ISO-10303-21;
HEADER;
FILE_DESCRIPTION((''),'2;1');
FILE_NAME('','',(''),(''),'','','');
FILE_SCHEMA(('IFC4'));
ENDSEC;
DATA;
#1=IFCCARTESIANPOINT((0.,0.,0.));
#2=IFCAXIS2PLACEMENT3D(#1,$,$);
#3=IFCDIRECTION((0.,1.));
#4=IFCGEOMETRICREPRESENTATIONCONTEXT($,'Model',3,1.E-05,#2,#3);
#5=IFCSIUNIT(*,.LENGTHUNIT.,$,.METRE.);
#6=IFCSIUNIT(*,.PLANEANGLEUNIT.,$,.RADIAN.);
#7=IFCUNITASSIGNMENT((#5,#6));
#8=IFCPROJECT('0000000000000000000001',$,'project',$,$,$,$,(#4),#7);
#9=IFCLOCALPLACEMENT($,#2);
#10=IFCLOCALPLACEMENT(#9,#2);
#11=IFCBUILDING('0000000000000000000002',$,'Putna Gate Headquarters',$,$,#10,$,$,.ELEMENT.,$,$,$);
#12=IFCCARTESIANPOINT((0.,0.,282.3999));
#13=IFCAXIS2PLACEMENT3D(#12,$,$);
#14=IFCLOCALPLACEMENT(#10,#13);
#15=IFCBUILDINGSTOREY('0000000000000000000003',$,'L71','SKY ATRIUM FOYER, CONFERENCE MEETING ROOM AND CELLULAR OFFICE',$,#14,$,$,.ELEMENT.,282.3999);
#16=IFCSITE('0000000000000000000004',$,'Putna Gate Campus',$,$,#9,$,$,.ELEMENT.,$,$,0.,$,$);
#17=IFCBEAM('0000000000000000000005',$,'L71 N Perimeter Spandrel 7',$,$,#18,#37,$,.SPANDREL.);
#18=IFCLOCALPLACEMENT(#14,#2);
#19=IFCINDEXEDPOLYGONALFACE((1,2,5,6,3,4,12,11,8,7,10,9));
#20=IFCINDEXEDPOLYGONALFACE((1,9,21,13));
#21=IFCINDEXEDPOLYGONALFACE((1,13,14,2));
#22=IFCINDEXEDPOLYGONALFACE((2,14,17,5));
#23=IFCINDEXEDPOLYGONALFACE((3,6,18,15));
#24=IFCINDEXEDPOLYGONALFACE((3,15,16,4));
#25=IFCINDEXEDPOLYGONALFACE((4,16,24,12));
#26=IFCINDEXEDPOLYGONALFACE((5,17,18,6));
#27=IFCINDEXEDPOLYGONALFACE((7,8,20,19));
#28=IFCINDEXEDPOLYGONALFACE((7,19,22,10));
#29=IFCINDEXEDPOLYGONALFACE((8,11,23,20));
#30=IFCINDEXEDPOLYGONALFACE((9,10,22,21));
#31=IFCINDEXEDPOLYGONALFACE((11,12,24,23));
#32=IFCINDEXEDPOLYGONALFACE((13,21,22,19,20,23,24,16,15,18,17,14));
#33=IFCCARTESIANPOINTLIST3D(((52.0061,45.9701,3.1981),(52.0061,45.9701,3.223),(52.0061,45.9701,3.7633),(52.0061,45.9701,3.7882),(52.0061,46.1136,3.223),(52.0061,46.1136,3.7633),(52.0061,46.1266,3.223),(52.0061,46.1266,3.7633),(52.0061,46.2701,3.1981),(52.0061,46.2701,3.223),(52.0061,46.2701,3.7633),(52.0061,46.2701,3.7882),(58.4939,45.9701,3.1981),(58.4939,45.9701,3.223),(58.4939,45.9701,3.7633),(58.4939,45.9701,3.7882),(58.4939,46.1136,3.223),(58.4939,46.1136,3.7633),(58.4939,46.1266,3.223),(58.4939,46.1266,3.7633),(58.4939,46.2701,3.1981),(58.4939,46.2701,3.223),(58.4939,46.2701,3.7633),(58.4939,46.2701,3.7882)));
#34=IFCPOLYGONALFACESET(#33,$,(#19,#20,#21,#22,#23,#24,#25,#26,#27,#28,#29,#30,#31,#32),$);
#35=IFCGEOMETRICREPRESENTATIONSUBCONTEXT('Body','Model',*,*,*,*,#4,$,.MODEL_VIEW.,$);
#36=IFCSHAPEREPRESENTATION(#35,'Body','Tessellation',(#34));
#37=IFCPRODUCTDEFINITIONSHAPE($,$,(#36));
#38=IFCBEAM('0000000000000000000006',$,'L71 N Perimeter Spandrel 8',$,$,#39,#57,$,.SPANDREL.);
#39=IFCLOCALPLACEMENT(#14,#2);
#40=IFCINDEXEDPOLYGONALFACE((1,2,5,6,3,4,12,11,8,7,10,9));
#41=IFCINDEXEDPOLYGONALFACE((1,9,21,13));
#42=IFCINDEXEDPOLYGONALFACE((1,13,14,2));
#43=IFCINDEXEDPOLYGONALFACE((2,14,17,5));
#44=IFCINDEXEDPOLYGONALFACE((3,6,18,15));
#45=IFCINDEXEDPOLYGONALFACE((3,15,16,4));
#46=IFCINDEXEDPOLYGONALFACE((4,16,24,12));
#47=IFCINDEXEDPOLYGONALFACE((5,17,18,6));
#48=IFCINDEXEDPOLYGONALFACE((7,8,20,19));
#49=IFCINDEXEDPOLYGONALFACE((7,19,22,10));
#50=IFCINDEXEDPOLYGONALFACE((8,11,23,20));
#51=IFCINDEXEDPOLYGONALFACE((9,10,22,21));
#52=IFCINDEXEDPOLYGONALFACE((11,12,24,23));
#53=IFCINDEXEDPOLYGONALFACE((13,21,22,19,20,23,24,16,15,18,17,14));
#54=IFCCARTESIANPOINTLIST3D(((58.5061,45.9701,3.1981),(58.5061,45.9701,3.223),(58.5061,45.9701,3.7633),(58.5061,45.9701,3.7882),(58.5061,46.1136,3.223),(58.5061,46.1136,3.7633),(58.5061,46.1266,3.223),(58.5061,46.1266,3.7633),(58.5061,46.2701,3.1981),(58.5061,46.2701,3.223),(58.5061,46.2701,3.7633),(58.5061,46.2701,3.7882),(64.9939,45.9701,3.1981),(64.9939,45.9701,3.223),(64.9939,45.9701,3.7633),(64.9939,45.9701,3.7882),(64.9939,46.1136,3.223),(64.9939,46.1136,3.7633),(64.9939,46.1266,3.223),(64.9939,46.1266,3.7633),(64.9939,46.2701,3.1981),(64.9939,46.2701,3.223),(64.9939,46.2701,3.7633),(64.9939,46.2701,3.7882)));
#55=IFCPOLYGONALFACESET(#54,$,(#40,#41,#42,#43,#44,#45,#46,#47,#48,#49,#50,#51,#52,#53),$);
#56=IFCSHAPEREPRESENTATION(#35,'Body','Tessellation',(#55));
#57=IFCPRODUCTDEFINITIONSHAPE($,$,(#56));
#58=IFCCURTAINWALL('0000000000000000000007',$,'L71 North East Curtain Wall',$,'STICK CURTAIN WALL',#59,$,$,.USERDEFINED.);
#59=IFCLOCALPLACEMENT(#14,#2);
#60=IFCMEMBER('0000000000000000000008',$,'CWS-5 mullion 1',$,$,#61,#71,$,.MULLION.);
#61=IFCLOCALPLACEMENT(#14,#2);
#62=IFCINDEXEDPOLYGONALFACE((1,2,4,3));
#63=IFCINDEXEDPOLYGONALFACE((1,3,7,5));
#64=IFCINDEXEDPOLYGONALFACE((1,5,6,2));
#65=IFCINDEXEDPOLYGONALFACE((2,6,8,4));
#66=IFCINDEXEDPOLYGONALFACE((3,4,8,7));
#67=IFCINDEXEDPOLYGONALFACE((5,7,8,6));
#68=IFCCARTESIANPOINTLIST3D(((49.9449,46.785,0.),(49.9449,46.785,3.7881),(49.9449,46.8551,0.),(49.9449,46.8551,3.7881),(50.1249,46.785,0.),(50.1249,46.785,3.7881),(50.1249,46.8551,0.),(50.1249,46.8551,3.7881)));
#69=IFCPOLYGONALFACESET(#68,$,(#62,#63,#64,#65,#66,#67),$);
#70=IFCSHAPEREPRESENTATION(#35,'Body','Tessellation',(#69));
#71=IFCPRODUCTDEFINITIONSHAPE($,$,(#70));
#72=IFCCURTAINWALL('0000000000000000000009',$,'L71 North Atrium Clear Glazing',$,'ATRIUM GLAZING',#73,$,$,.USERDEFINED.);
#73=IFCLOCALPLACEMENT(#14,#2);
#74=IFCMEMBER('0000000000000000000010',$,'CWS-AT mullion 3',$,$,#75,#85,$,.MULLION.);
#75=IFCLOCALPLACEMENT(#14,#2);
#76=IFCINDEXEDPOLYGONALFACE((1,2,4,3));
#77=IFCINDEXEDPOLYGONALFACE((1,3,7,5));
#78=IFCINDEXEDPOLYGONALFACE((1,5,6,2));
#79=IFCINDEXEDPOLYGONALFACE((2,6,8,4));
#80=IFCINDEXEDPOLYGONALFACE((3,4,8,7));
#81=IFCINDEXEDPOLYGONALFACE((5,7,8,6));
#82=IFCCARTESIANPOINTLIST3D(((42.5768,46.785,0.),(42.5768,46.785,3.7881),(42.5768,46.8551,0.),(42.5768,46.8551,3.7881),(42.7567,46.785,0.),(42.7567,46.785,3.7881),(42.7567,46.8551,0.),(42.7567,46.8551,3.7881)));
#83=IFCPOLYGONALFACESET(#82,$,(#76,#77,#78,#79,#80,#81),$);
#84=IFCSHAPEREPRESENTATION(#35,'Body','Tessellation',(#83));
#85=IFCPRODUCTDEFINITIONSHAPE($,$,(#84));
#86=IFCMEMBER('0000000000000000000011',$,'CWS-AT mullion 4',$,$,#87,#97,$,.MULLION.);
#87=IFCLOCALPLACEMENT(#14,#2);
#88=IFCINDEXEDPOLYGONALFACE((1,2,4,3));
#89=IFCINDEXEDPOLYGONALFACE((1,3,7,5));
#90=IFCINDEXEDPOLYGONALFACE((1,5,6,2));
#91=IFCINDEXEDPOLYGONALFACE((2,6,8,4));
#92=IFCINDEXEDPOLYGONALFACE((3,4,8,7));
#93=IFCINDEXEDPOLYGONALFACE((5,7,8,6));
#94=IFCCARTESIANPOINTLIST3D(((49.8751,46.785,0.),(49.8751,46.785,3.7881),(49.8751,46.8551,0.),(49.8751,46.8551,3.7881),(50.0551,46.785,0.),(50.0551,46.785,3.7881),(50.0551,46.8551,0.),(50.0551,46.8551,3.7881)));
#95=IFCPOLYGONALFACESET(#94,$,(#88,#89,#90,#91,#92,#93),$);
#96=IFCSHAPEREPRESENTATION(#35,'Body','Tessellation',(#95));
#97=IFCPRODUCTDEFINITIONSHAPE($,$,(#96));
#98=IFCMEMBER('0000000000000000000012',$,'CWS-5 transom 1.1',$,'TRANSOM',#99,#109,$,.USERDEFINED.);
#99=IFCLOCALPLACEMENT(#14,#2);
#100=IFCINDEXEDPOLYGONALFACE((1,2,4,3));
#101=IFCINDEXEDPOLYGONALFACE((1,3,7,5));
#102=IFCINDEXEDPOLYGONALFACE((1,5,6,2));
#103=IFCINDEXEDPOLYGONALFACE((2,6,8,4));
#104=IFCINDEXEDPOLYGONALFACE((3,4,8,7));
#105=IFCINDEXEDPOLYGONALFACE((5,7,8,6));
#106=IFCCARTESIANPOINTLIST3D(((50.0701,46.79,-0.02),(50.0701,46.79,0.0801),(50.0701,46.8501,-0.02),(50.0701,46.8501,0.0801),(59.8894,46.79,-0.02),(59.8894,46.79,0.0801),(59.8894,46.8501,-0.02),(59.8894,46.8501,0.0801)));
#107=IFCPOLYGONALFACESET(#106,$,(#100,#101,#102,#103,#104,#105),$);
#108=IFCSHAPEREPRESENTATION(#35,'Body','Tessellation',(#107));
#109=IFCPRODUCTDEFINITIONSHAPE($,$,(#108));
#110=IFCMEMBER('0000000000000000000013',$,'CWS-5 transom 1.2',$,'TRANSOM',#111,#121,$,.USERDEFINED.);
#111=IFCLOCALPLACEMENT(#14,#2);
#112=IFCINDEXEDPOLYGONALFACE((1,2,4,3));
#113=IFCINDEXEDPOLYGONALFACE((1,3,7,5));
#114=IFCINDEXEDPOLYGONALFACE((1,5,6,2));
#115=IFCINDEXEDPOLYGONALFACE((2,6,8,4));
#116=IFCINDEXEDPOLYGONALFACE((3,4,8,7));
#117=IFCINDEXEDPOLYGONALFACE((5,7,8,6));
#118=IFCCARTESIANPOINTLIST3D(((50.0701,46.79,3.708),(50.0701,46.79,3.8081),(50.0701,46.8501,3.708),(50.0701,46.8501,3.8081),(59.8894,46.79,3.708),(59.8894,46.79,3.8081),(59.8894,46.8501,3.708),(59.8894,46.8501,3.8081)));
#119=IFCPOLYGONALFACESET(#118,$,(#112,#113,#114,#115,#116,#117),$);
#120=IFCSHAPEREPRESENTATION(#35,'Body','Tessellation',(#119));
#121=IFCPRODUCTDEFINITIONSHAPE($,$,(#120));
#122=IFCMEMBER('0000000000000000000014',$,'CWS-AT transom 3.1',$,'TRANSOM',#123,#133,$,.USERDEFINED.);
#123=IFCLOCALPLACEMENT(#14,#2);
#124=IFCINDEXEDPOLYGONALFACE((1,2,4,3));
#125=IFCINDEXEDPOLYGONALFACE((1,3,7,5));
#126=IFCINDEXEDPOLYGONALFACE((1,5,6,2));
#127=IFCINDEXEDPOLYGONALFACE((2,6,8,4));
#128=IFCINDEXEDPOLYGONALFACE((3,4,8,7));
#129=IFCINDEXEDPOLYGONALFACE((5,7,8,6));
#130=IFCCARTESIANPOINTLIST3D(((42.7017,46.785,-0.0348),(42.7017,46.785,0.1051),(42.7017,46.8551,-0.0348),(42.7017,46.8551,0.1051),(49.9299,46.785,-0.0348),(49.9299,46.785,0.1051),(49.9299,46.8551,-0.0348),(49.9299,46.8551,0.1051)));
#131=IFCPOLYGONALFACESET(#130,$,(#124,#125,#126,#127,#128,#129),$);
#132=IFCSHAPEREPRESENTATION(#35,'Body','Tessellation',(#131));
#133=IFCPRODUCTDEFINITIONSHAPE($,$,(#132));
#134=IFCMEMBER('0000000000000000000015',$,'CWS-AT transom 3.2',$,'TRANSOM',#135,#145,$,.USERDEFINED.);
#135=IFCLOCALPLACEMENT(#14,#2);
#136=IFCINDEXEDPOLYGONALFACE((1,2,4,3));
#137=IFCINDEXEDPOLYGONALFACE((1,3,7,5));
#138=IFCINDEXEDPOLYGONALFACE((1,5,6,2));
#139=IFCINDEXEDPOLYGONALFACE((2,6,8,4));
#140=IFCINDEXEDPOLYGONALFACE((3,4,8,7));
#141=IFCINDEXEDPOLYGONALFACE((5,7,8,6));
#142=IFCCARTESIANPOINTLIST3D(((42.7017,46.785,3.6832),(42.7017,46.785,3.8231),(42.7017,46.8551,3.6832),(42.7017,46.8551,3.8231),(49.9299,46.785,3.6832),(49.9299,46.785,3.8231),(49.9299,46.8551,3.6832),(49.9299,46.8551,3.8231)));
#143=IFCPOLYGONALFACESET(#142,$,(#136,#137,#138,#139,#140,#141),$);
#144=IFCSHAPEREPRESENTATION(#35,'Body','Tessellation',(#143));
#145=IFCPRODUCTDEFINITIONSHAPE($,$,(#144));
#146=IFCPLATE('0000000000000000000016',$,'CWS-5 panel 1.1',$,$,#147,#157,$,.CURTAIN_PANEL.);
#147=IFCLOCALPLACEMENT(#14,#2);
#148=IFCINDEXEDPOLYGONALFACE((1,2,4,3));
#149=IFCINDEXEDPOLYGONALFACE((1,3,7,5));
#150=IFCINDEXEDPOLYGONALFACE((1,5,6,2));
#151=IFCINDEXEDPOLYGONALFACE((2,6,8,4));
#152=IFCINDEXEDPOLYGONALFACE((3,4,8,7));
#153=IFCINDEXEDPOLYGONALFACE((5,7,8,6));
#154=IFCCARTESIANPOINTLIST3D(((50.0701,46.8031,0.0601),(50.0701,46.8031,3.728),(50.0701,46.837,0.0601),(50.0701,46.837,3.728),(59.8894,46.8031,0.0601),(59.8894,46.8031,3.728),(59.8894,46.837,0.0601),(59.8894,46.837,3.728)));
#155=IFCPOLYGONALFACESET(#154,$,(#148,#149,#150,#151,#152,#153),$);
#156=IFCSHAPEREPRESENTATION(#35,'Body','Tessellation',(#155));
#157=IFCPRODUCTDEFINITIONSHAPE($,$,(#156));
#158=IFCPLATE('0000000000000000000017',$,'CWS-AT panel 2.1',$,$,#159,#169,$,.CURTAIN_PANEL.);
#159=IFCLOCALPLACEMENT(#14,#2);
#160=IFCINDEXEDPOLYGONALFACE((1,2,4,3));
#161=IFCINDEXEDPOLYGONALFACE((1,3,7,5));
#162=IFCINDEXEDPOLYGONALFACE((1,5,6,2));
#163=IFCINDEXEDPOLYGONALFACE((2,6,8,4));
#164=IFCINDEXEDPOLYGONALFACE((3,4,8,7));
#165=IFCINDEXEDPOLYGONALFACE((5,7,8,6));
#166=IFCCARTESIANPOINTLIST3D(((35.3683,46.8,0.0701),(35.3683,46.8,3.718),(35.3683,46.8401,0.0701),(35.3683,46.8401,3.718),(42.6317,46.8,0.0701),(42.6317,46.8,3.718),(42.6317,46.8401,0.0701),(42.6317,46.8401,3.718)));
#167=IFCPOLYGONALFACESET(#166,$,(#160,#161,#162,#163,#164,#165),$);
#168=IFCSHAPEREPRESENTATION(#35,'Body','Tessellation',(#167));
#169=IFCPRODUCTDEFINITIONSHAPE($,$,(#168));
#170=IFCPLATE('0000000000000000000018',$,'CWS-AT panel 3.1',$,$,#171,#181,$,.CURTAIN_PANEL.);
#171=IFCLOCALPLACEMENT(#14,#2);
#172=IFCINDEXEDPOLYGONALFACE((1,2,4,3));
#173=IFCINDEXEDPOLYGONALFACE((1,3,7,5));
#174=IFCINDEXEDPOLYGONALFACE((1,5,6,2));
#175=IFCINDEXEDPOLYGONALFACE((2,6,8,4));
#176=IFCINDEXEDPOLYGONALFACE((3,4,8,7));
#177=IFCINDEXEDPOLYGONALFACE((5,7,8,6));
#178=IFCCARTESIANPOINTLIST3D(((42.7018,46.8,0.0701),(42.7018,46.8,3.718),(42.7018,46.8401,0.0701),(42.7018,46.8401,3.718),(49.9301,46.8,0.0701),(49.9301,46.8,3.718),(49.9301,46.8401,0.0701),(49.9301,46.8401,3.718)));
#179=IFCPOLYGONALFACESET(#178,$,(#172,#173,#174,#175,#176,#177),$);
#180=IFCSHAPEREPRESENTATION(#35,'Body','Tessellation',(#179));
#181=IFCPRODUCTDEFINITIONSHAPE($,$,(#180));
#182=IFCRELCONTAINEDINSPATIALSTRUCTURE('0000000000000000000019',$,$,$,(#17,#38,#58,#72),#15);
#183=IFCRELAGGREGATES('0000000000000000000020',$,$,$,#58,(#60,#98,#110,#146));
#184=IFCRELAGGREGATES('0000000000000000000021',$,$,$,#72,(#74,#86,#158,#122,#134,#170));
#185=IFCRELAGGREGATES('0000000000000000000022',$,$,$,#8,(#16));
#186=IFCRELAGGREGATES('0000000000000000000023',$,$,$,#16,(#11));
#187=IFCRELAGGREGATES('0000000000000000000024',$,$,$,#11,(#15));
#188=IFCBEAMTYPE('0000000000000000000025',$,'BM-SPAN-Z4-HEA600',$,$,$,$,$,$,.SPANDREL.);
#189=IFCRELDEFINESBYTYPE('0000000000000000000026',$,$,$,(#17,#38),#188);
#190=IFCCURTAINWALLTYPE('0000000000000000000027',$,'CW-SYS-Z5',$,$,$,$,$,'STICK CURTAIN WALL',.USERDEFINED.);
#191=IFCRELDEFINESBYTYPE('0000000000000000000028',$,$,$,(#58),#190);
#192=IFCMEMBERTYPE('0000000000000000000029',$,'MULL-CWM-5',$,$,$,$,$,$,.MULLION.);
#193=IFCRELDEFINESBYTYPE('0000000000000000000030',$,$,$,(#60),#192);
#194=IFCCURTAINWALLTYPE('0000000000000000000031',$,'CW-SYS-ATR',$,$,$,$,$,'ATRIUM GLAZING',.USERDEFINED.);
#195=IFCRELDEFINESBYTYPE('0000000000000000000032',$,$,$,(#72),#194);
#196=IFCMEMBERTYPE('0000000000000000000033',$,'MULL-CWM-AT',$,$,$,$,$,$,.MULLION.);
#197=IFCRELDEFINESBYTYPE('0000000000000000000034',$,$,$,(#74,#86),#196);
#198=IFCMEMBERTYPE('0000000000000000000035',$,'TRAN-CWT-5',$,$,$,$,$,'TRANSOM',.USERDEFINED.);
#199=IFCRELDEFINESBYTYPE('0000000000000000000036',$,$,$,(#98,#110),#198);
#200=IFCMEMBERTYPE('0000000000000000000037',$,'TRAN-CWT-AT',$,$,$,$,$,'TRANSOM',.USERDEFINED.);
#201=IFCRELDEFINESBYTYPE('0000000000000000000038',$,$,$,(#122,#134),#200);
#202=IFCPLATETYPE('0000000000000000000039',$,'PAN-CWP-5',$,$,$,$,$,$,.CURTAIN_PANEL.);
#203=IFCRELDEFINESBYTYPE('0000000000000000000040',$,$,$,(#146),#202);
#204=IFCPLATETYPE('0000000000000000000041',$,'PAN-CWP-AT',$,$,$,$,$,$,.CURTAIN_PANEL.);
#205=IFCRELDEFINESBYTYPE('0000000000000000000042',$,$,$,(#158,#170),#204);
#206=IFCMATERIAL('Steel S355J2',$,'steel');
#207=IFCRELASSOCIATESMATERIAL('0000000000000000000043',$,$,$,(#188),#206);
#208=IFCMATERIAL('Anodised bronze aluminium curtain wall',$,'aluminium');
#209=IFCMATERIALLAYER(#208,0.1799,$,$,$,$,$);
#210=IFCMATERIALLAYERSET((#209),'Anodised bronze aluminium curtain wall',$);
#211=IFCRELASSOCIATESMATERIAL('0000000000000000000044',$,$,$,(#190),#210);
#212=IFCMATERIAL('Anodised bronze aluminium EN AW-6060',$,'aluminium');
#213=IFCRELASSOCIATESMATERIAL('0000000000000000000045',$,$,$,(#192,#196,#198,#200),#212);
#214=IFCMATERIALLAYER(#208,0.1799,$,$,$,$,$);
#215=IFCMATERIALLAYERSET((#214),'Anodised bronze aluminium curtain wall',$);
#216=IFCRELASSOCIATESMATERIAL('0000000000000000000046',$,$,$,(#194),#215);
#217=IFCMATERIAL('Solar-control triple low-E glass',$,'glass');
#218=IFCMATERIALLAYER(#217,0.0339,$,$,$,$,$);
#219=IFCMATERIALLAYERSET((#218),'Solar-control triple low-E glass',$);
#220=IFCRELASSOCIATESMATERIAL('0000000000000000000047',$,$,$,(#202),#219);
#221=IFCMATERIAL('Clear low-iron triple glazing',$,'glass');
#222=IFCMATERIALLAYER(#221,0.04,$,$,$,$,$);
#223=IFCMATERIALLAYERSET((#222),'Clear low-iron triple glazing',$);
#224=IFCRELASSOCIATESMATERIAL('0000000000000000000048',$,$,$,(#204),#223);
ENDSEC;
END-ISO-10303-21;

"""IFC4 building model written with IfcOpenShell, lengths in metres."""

from ifc_helpers import new_model, si_unit, direction, frame, origin, origin_2d, place, context, subcontext, project, spatial, rectangle, i_section, extrude, material, layer, layer_set, material_profile, profile_set, type_object, element, aggregate, save


model = new_model("IFC4")

# Units and contexts
model_context = context("Model", 3, precision=1e-05, world=origin(), true_north=direction((0.0, 1.0)))
body_context = subcontext(model_context, "Body", "Model", "MODEL_VIEW")
ifc_project = project(units=[si_unit("LENGTHUNIT", "METRE"), si_unit("PLANEANGLEUNIT", "RADIAN")], contexts=[model_context])

# Site, building, storey
site_placement = place(None, origin())
site = spatial("IfcSite", under=ifc_project, at=site_placement, Name="Putna Gate Campus", CompositionType="ELEMENT", RefElevation=0.0)
building_placement = place(site_placement, origin())
building = spatial("IfcBuilding", under=site, at=building_placement, Name="Putna Gate Headquarters", CompositionType="ELEMENT")
storey_placement = place(building_placement, frame((0.0, 0.0, 282.3999)))
storey = spatial("IfcBuildingStorey", under=building, at=storey_placement, Name="L71", Description="SKY ATRIUM FOYER, CONFERENCE MEETING ROOM AND CELLULAR OFFICE", CompositionType="ELEMENT", Elevation=282.3999)

# Beams
ifc_material_1 = material(Name="Steel S355J2", Category="steel")
ifc_material_profile_1 = material_profile(ifc_material_1, i_section(OverallWidth=0.3, OverallDepth=0.5901, WebThickness=0.0129, FlangeThickness=0.0249, at=origin_2d()), Name="Steel S355J2")
ifc_profile_set_1 = profile_set([ifc_material_profile_1], Name="Steel S355J2")
beam_type_1 = type_object("IfcBeamType", Name="BM-SPAN-Z4-HEA600", PredefinedType="SPANDREL", material=ifc_profile_set_1)
for number, where, z_axis, x_axis, name in (
    (1, (52.0061, 46.1201, 3.4932), (1.0, 0.0, 0.0), (0.0, 1.0, 0.0), "L71 N Perimeter Spandrel 7"),
    (2, (58.5061, 46.1201, 3.4932), (1.0, 0.0, 0.0), (0.0, 1.0, 0.0), "L71 N Perimeter Spandrel 8"),
):
    element("IfcBeam", number, at=place(storey_placement, frame(where, z_axis=z_axis, x_axis=x_axis)), inside=storey, type_object=beam_type_1, Name=name, PredefinedType="SPANDREL", context=body_context, shape_type="SweptSolid", body=[
        extrude(i_section(OverallWidth=0.3, OverallDepth=0.5901, WebThickness=0.0129, FlangeThickness=0.0249, at=origin_2d()), origin(), (0.0, 0.0, 1.0), 6.4878),
    ])

# Curtain wall, member
ifc_material_2 = material(Name="Anodised bronze aluminium curtain wall", Category="aluminium")
ifc_layer_1 = layer(ifc_material_2, 0.1799)
ifc_layer_set_1 = layer_set([ifc_layer_1], Name="Anodised bronze aluminium curtain wall")
curtain_wall_type_1 = type_object("IfcCurtainWallType", Name="CW-SYS-Z5", ElementType="STICK CURTAIN WALL", PredefinedType="USERDEFINED", material=ifc_layer_set_1)
curtain_wall_1_placement = place(storey_placement, origin())
curtain_wall_1 = element("IfcCurtainWall", 3, at=curtain_wall_1_placement, inside=storey, type_object=curtain_wall_type_1, Name="L71 North East Curtain Wall", ObjectType="STICK CURTAIN WALL", PredefinedType="USERDEFINED")
ifc_material_3 = material(Name="Anodised bronze aluminium EN AW-6060", Category="aluminium")
ifc_material_profile_2 = material_profile(ifc_material_3, rectangle(XDim=0.0701, YDim=0.1799, at=origin_2d()), Name="Anodised bronze aluminium EN AW-6060")
ifc_profile_set_2 = profile_set([ifc_material_profile_2], Name="Anodised bronze aluminium EN AW-6060")
member_type_1 = type_object("IfcMemberType", Name="MULL-CWM-5", PredefinedType="MULLION", material=ifc_profile_set_2)
member_1_placement = place(storey_placement, frame((50.0349, 46.8201, 0.0), z_axis=(0.0, 0.0, 1.0), x_axis=(0.0, 1.0, 0.0)))
member_1 = element("IfcMember", 4, at=member_1_placement, type_object=member_type_1, Name="CWS-5 mullion 1", PredefinedType="MULLION", context=body_context, shape_type="SweptSolid", body=[
    extrude(rectangle(XDim=0.0701, YDim=0.1799, at=origin_2d()), origin(), (0.0, 0.0, 1.0), 3.7881),
])

# Curtain wall, members
ifc_layer_2 = layer(ifc_material_2, 0.1799)
ifc_layer_set_2 = layer_set([ifc_layer_2], Name="Anodised bronze aluminium curtain wall")
curtain_wall_type_2 = type_object("IfcCurtainWallType", Name="CW-SYS-ATR", ElementType="ATRIUM GLAZING", PredefinedType="USERDEFINED", material=ifc_layer_set_2)
curtain_wall_2_placement = place(storey_placement, origin())
curtain_wall_2 = element("IfcCurtainWall", 5, at=curtain_wall_2_placement, inside=storey, type_object=curtain_wall_type_2, Name="L71 North Atrium Clear Glazing", ObjectType="ATRIUM GLAZING", PredefinedType="USERDEFINED")
ifc_material_profile_3 = material_profile(ifc_material_3, rectangle(XDim=0.0701, YDim=0.1799, at=origin_2d()), Name="Anodised bronze aluminium EN AW-6060")
ifc_profile_set_3 = profile_set([ifc_material_profile_3], Name="Anodised bronze aluminium EN AW-6060")
member_type_2 = type_object("IfcMemberType", Name="MULL-CWM-AT", PredefinedType="MULLION", material=ifc_profile_set_3)
member_2_placement = place(storey_placement, frame((42.6667, 46.8201, 0.0), z_axis=(0.0, 0.0, 1.0), x_axis=(0.0, 1.0, 0.0)))
member_2 = element("IfcMember", 6, at=member_2_placement, type_object=member_type_2, Name="CWS-AT mullion 3", PredefinedType="MULLION", context=body_context, shape_type="SweptSolid", body=[
    extrude(rectangle(XDim=0.0701, YDim=0.1799, at=origin_2d()), origin(), (0.0, 0.0, 1.0), 3.7881),
])
member_3_placement = place(storey_placement, frame((49.9651, 46.8201, 0.0), z_axis=(0.0, 0.0, 1.0), x_axis=(0.0, 1.0, 0.0)))
member_3 = element("IfcMember", 7, at=member_3_placement, type_object=member_type_2, Name="CWS-AT mullion 4", PredefinedType="MULLION", context=body_context, shape_type="SweptSolid", body=[
    extrude(rectangle(XDim=0.0701, YDim=0.1799, at=origin_2d()), origin(), (0.0, 0.0, 1.0), 3.7881),
])

# Members
ifc_material_profile_4 = material_profile(ifc_material_3, rectangle(XDim=0.0601, YDim=0.1001, at=origin_2d()), Name="Anodised bronze aluminium EN AW-6060")
ifc_profile_set_4 = profile_set([ifc_material_profile_4], Name="Anodised bronze aluminium EN AW-6060")
member_type_3 = type_object("IfcMemberType", Name="TRAN-CWT-5", ElementType="TRANSOM", PredefinedType="USERDEFINED", material=ifc_profile_set_4)
member_4_placement = place(storey_placement, frame((50.0701, 46.8201, 0.03), z_axis=(1.0, 0.0, 0.0), x_axis=(0.0, 1.0, 0.0)))
member_4 = element("IfcMember", 8, at=member_4_placement, type_object=member_type_3, Name="CWS-5 transom 1.1", ObjectType="TRANSOM", PredefinedType="USERDEFINED", context=body_context, shape_type="SweptSolid", body=[
    extrude(rectangle(XDim=0.0601, YDim=0.1001, at=origin_2d()), origin(), (0.0, 0.0, 1.0), 9.8193),
])
member_5_placement = place(storey_placement, frame((50.0701, 46.8201, 3.7581), z_axis=(1.0, 0.0, 0.0), x_axis=(0.0, 1.0, 0.0)))
member_5 = element("IfcMember", 9, at=member_5_placement, type_object=member_type_3, Name="CWS-5 transom 1.2", ObjectType="TRANSOM", PredefinedType="USERDEFINED", context=body_context, shape_type="SweptSolid", body=[
    extrude(rectangle(XDim=0.0601, YDim=0.1001, at=origin_2d()), origin(), (0.0, 0.0, 1.0), 9.8193),
])
ifc_material_profile_5 = material_profile(ifc_material_3, rectangle(XDim=0.0701, YDim=0.1399, at=origin_2d()), Name="Anodised bronze aluminium EN AW-6060")
ifc_profile_set_5 = profile_set([ifc_material_profile_5], Name="Anodised bronze aluminium EN AW-6060")
member_type_4 = type_object("IfcMemberType", Name="TRAN-CWT-AT", ElementType="TRANSOM", PredefinedType="USERDEFINED", material=ifc_profile_set_5)
member_6_placement = place(storey_placement, frame((42.7017, 46.8201, 0.0352), z_axis=(1.0, 0.0, 0.0), x_axis=(0.0, 1.0, 0.0)))
member_6 = element("IfcMember", 10, at=member_6_placement, type_object=member_type_4, Name="CWS-AT transom 3.1", ObjectType="TRANSOM", PredefinedType="USERDEFINED", context=body_context, shape_type="SweptSolid", body=[
    extrude(rectangle(XDim=0.0701, YDim=0.1399, at=origin_2d()), origin(), (0.0, 0.0, 1.0), 7.2283),
])
member_7_placement = place(storey_placement, frame((42.7017, 46.8201, 3.7532), z_axis=(1.0, 0.0, 0.0), x_axis=(0.0, 1.0, 0.0)))
member_7 = element("IfcMember", 11, at=member_7_placement, type_object=member_type_4, Name="CWS-AT transom 3.2", ObjectType="TRANSOM", PredefinedType="USERDEFINED", context=body_context, shape_type="SweptSolid", body=[
    extrude(rectangle(XDim=0.0701, YDim=0.1399, at=origin_2d()), origin(), (0.0, 0.0, 1.0), 7.2283),
])

# Plates
ifc_material_4 = material(Name="Solar-control triple low-E glass", Category="glass")
ifc_layer_3 = layer(ifc_material_4, 0.0339)
ifc_layer_set_3 = layer_set([ifc_layer_3], Name="Solar-control triple low-E glass")
plate_type_1 = type_object("IfcPlateType", Name="PAN-CWP-5", PredefinedType="CURTAIN_PANEL", material=ifc_layer_set_3)
plate_1_placement = place(storey_placement, frame((54.9797, 46.8201, 0.0601), z_axis=(0.0, 0.0, 1.0), x_axis=(1.0, 0.0, 0.0)))
plate_1 = element("IfcPlate", 12, at=plate_1_placement, type_object=plate_type_1, Name="CWS-5 panel 1.1", PredefinedType="CURTAIN_PANEL", context=body_context, shape_type="SweptSolid", body=[
    extrude(rectangle(XDim=9.8193, YDim=0.0339, at=origin_2d()), origin(), (0.0, 0.0, 1.0), 3.668),
])
aggregate(curtain_wall_1, [member_1, member_4, member_5, plate_1])
ifc_material_5 = material(Name="Clear low-iron triple glazing", Category="glass")
ifc_layer_4 = layer(ifc_material_5, 0.04)
ifc_layer_set_4 = layer_set([ifc_layer_4], Name="Clear low-iron triple glazing")
plate_type_2 = type_object("IfcPlateType", Name="PAN-CWP-AT", PredefinedType="CURTAIN_PANEL", material=ifc_layer_set_4)
plate_2_placement = place(storey_placement, frame((39.0, 46.8201, 0.0701), z_axis=(0.0, 0.0, 1.0), x_axis=(1.0, 0.0, 0.0)))
plate_2 = element("IfcPlate", 13, at=plate_2_placement, type_object=plate_type_2, Name="CWS-AT panel 2.1", PredefinedType="CURTAIN_PANEL", context=body_context, shape_type="SweptSolid", body=[
    extrude(rectangle(XDim=7.2634, YDim=0.04, at=origin_2d()), origin(), (0.0, 0.0, 1.0), 3.6479),
])
plate_3_placement = place(storey_placement, frame((46.3159, 46.8201, 0.0701), z_axis=(0.0, 0.0, 1.0), x_axis=(1.0, 0.0, 0.0)))
plate_3 = element("IfcPlate", 14, at=plate_3_placement, type_object=plate_type_2, Name="CWS-AT panel 3.1", PredefinedType="CURTAIN_PANEL", context=body_context, shape_type="SweptSolid", body=[
    extrude(rectangle(XDim=7.2283, YDim=0.04, at=origin_2d()), origin(), (0.0, 0.0, 1.0), 3.6479),
])
aggregate(curtain_wall_2, [member_2, member_3, plate_2, member_6, member_7, plate_3])

save(model, "model.ifc")
